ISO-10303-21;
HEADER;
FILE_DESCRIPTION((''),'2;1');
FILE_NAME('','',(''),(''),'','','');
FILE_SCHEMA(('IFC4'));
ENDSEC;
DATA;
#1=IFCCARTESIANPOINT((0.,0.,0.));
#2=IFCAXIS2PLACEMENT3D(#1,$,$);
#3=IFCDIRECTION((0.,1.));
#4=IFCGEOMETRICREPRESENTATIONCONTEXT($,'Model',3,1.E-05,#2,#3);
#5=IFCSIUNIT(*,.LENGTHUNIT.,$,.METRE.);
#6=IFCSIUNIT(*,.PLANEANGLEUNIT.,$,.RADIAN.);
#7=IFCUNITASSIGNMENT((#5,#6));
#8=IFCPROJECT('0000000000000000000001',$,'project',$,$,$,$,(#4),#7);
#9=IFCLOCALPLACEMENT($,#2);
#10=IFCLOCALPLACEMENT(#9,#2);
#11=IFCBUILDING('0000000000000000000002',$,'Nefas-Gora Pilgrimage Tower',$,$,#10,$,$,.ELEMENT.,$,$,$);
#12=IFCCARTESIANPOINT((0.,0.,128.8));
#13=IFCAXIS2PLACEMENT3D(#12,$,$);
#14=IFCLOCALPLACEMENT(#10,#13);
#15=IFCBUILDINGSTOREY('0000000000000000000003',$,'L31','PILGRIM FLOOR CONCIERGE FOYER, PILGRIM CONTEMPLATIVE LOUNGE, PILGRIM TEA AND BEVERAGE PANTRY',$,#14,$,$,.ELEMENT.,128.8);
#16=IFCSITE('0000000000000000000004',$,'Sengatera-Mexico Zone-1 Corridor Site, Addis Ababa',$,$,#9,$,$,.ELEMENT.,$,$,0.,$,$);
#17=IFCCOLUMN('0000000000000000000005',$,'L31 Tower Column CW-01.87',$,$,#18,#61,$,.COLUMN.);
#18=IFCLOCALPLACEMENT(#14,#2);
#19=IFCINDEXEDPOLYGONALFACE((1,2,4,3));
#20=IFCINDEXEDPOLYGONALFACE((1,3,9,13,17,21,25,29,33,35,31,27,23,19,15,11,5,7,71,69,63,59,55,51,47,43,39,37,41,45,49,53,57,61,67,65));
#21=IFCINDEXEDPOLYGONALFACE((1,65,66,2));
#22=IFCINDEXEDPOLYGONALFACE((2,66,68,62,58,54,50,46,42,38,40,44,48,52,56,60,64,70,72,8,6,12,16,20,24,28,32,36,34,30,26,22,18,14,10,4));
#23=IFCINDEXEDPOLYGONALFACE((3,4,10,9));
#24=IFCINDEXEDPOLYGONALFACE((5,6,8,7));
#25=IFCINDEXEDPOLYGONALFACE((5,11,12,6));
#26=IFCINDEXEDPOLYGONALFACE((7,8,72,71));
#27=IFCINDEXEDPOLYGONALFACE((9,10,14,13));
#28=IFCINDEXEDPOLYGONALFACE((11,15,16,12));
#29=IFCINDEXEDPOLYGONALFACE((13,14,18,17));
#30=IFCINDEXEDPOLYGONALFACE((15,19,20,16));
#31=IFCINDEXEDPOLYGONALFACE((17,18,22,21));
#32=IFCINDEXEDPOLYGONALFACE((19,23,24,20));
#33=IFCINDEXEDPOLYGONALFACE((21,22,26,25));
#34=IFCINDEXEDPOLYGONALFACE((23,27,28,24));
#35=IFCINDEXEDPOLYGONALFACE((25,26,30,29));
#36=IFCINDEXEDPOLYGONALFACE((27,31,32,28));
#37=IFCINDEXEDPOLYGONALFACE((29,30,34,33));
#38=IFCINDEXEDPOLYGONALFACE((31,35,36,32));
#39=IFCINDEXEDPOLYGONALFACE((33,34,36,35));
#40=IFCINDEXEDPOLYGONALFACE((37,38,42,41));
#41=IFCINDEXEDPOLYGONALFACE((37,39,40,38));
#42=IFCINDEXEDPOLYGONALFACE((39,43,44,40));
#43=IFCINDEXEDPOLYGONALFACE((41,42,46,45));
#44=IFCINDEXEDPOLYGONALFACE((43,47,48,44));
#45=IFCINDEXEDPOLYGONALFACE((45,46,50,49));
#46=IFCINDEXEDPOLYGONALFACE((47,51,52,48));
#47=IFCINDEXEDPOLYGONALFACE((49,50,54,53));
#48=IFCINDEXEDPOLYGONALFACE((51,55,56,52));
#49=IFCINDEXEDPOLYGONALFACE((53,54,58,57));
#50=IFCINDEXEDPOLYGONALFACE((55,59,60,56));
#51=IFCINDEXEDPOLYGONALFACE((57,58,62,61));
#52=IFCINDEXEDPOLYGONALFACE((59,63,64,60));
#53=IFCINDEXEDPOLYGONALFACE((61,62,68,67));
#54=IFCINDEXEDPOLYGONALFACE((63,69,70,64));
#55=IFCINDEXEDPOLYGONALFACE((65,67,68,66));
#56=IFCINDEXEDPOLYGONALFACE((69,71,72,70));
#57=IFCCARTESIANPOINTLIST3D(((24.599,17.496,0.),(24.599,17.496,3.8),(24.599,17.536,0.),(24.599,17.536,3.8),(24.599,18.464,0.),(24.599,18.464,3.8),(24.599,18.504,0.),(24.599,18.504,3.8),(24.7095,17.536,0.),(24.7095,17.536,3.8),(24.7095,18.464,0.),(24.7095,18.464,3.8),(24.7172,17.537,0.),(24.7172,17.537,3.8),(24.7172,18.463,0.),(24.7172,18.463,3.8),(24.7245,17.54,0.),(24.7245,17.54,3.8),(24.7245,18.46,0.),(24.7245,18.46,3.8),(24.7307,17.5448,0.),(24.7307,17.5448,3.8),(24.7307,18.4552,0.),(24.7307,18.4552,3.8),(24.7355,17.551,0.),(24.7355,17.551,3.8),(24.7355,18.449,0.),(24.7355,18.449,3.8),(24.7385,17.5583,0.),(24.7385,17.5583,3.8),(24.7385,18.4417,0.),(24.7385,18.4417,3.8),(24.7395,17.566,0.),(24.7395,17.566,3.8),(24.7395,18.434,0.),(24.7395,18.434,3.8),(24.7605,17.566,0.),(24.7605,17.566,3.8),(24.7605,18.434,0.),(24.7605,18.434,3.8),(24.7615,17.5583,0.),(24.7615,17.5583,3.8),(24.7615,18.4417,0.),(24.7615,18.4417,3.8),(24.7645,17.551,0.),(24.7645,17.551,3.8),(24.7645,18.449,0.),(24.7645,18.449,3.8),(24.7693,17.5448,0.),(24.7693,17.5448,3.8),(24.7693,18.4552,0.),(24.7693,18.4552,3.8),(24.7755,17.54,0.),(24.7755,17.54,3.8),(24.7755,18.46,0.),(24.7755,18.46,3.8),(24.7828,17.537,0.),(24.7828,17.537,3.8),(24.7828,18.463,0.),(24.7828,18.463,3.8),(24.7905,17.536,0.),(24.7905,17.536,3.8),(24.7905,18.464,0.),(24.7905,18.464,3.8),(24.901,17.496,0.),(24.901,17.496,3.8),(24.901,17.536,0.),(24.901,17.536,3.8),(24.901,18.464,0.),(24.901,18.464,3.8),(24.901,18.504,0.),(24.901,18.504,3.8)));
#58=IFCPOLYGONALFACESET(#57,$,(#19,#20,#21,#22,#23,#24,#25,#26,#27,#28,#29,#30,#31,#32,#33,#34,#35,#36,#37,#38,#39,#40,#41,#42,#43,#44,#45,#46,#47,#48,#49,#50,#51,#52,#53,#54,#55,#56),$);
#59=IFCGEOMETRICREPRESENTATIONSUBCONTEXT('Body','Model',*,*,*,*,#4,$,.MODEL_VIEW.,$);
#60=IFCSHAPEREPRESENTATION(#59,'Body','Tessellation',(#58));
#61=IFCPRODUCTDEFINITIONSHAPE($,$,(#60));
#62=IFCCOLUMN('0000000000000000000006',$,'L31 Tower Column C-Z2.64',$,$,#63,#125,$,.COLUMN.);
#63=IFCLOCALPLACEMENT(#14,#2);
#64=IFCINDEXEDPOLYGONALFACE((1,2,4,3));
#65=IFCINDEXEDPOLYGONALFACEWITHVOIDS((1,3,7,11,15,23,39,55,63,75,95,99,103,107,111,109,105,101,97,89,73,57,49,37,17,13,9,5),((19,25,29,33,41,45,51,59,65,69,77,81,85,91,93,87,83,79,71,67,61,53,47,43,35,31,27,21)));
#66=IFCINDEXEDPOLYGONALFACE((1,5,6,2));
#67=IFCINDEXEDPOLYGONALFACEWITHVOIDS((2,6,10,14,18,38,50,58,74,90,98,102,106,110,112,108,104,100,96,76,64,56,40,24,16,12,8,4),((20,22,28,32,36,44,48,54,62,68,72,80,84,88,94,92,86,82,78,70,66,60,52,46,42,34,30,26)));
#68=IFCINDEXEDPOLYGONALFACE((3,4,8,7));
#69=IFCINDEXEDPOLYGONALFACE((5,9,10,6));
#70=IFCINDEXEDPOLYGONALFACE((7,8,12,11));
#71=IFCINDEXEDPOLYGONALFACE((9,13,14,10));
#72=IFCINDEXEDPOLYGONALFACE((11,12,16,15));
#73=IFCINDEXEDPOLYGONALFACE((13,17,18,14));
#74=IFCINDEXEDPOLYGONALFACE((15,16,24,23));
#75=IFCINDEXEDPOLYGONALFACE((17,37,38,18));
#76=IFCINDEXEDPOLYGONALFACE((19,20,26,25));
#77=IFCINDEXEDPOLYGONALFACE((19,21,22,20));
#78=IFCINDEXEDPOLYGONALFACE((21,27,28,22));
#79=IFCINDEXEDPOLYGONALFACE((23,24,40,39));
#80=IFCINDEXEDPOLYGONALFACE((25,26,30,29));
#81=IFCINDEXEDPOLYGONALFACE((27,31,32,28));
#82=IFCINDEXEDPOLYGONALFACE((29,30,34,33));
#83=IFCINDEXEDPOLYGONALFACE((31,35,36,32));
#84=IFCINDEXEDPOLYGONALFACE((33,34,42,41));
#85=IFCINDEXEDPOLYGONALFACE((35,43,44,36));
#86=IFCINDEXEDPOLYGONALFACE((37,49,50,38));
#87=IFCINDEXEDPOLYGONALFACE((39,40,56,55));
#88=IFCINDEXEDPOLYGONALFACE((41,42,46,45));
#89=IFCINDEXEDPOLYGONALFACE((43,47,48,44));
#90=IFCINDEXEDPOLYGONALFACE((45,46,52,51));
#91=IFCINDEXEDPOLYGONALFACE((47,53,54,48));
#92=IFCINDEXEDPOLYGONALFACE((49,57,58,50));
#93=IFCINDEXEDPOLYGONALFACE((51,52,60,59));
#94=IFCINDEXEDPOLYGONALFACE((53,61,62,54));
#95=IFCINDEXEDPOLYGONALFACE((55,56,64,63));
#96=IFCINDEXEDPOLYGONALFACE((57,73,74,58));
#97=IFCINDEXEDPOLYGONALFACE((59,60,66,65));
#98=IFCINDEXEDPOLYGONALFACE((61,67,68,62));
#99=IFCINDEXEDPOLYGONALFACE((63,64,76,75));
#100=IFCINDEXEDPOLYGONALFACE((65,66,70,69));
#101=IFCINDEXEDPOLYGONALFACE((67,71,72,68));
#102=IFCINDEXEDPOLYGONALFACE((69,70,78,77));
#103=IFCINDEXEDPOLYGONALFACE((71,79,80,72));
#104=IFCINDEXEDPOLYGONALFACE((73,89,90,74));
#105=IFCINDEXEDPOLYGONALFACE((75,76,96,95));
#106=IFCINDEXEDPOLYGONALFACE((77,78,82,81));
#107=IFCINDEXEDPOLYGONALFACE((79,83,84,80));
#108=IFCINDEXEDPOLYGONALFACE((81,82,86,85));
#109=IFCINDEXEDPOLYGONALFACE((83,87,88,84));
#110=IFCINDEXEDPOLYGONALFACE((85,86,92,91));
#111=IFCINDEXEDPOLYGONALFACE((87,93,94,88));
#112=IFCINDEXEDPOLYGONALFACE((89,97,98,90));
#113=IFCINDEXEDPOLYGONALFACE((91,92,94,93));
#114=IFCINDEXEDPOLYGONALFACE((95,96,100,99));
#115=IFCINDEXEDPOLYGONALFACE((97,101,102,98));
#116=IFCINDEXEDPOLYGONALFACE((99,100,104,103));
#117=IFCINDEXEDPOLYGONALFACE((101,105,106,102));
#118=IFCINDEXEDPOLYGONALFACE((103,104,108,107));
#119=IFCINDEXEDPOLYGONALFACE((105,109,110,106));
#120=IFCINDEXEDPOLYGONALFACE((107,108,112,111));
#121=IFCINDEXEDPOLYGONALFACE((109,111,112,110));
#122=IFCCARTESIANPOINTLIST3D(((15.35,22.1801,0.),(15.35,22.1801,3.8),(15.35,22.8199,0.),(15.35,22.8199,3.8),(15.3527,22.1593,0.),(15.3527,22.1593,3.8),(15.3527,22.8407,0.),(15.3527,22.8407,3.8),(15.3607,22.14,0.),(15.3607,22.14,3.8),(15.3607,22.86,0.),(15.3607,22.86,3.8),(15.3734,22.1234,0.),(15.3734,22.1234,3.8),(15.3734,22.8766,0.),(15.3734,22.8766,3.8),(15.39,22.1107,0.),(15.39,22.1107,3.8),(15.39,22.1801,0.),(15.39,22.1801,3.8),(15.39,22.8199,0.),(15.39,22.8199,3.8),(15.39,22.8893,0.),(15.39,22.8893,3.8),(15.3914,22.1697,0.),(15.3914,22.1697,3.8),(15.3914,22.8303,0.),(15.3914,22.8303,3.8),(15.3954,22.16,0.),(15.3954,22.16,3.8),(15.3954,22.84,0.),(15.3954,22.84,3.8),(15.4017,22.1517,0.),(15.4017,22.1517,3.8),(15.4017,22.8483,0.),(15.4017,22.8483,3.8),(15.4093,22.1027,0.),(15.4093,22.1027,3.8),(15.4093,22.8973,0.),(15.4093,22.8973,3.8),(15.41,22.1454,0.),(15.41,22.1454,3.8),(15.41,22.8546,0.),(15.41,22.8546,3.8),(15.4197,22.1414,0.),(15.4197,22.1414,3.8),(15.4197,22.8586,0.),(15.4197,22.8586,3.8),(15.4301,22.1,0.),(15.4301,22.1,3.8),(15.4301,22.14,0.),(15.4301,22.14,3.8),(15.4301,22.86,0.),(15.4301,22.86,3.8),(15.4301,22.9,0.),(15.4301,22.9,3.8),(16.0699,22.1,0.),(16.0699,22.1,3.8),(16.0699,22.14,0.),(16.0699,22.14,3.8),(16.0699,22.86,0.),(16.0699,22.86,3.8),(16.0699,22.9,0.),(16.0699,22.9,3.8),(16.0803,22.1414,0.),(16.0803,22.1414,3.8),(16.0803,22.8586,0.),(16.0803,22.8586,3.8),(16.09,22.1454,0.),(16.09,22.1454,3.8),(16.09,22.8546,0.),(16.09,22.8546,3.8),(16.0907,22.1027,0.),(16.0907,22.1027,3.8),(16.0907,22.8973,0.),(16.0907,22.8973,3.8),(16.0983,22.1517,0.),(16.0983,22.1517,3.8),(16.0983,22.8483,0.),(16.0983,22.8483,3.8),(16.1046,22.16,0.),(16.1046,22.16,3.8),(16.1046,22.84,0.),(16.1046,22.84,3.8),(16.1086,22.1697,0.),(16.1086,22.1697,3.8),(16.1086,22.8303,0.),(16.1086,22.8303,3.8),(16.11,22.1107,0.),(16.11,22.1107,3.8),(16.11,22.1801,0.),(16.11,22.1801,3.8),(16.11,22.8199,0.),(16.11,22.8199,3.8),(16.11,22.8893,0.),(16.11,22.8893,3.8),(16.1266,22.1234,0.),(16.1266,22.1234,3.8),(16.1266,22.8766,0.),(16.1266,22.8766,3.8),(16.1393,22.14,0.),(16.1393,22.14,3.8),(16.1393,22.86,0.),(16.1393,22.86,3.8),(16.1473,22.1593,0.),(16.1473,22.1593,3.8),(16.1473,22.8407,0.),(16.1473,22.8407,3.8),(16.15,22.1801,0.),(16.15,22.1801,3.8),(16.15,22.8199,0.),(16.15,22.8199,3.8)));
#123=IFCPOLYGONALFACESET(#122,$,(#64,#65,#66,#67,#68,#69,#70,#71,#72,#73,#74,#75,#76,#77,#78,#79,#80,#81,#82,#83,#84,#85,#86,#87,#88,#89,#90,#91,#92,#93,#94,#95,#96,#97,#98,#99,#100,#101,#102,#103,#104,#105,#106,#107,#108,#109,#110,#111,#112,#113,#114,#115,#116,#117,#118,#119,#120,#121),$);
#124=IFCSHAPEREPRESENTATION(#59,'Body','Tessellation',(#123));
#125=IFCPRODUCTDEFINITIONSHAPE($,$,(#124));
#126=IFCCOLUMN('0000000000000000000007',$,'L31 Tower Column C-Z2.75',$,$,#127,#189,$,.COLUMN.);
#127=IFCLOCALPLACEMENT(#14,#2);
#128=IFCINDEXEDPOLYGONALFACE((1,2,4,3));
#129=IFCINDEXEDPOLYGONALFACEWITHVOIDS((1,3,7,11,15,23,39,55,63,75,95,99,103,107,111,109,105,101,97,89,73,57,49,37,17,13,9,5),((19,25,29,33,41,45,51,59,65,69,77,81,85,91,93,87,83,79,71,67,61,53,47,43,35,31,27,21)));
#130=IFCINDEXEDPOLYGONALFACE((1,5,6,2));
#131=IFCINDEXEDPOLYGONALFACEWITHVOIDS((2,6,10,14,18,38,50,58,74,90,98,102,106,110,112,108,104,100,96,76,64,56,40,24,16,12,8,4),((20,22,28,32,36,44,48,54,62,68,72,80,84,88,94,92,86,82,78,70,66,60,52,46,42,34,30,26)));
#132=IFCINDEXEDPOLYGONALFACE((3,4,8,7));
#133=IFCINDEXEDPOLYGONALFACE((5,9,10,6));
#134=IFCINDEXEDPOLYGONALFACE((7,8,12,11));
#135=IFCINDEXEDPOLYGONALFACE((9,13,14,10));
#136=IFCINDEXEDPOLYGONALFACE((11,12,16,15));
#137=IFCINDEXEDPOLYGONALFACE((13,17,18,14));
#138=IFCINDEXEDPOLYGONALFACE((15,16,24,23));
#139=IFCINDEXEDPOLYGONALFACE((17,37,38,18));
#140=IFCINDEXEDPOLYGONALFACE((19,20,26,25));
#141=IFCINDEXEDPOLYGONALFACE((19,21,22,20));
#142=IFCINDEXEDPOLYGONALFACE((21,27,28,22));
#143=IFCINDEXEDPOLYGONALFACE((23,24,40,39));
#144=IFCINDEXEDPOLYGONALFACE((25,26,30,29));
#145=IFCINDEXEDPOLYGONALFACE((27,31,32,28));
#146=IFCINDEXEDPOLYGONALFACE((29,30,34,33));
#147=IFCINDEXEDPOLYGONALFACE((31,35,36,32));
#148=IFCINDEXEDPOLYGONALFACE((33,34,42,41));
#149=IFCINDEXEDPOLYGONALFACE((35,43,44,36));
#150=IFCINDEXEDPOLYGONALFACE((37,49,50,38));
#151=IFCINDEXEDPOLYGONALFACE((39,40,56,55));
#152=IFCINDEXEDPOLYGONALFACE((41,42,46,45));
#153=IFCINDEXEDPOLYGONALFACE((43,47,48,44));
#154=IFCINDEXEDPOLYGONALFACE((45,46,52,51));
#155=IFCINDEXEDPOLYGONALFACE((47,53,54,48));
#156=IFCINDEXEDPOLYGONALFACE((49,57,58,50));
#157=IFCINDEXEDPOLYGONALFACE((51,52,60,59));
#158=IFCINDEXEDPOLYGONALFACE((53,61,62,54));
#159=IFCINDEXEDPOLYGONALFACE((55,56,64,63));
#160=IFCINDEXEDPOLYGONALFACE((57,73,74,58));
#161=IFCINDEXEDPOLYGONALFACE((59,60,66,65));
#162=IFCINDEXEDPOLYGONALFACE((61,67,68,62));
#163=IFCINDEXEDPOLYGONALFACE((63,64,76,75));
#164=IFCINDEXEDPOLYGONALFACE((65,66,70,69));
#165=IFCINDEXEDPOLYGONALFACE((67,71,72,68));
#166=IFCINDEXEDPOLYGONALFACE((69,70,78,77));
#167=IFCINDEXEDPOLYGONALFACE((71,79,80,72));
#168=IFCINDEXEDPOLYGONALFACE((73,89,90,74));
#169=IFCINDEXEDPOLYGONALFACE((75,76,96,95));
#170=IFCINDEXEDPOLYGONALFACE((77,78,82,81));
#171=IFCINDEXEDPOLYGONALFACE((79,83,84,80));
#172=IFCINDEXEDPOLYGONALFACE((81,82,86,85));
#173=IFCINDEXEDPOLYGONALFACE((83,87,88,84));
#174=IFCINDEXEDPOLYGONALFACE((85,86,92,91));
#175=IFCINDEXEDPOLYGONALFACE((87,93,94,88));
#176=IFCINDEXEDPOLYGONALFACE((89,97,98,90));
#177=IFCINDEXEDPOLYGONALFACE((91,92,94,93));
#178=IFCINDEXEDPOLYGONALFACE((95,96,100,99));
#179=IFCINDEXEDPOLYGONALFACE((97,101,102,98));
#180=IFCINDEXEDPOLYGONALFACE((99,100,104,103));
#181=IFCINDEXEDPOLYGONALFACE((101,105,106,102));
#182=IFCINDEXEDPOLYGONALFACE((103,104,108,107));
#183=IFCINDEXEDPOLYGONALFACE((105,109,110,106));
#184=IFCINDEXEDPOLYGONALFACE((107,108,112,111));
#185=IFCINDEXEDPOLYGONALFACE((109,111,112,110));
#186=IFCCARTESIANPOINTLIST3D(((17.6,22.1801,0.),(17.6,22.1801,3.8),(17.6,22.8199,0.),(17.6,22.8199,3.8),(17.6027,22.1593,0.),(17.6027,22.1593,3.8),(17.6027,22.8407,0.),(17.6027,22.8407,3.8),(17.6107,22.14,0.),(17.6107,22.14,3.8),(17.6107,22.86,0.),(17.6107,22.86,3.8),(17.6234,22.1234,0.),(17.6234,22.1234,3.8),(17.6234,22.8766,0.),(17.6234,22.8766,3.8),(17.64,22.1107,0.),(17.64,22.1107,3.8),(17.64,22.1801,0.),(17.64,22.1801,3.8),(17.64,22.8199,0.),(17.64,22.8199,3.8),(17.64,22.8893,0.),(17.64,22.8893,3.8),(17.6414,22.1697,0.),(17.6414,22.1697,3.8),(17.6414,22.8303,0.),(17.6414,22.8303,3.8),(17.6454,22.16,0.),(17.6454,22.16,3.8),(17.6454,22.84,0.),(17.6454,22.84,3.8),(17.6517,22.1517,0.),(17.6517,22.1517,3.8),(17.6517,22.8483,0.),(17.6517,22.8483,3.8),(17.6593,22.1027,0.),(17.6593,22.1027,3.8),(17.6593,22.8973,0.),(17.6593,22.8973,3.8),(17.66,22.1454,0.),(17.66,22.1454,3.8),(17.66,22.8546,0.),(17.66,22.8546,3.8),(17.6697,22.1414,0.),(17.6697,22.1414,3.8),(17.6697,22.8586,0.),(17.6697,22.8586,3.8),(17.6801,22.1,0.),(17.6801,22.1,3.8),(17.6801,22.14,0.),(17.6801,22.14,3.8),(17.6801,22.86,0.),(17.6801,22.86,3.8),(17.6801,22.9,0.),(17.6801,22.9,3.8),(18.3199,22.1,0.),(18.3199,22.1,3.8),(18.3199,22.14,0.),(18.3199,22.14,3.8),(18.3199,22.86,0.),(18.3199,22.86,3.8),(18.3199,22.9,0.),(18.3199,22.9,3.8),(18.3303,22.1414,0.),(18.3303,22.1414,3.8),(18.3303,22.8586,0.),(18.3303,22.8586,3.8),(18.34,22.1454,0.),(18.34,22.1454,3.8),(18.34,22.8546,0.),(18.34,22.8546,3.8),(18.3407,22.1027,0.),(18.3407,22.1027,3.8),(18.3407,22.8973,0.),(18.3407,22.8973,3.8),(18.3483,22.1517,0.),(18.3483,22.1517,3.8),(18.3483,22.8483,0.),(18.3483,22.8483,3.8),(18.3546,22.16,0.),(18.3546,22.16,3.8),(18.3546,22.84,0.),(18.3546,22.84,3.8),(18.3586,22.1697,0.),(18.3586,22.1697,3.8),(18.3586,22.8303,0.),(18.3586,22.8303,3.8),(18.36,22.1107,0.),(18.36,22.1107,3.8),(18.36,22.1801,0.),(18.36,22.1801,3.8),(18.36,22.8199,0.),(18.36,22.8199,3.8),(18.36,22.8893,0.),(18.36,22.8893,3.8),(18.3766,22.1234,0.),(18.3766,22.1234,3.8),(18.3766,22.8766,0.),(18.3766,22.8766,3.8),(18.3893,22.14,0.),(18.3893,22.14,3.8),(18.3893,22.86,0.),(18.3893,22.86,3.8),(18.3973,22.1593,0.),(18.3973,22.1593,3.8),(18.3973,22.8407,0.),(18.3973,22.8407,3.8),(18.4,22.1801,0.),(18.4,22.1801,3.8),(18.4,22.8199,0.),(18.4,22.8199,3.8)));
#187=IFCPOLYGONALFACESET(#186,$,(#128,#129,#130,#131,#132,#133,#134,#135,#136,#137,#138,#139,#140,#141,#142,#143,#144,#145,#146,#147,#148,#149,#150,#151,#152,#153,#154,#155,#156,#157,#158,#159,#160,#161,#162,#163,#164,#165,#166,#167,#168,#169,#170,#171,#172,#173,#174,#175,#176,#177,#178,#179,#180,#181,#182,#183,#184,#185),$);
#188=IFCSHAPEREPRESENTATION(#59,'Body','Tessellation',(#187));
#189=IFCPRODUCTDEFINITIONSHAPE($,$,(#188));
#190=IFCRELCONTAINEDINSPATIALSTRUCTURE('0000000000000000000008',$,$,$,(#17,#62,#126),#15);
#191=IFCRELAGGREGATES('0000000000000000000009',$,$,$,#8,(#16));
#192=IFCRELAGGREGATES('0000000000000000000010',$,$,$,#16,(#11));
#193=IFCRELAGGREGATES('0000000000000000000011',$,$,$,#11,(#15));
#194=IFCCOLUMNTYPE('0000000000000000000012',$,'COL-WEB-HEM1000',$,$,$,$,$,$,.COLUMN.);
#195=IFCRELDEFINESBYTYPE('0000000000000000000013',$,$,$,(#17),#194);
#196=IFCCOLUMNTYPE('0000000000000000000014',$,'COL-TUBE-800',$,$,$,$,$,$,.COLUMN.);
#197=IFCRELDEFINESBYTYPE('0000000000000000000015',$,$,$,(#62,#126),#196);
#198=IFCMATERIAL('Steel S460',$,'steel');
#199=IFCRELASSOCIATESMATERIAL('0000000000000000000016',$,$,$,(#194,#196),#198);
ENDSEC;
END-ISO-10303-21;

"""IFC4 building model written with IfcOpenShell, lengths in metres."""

from ifc_helpers import new_model, si_unit, direction, frame, origin, origin_2d, place, context, subcontext, project, spatial, hollow_rectangle, i_section, extrude, source, transform, mapped, material, material_profile, profile_set, type_object, element, save


model = new_model("IFC4")

# Units and contexts
model_context = context("Model", 3, precision=1e-05, world=origin(), true_north=direction((0.0, 1.0)))
body_context = subcontext(model_context, "Body", "Model", "MODEL_VIEW")
ifc_project = project(units=[si_unit("LENGTHUNIT", "METRE"), si_unit("PLANEANGLEUNIT", "RADIAN")], contexts=[model_context])

# Site, building, storey
site_placement = place(None, origin())
site = spatial("IfcSite", under=ifc_project, at=site_placement, Name="Sengatera-Mexico Zone-1 Corridor Site, Addis Ababa", CompositionType="ELEMENT", RefElevation=0.0)
building_placement = place(site_placement, origin())
building = spatial("IfcBuilding", under=site, at=building_placement, Name="Nefas-Gora Pilgrimage Tower", CompositionType="ELEMENT")
storey_placement = place(building_placement, frame((0.0, 0.0, 128.8)))
storey = spatial("IfcBuildingStorey", under=building, at=storey_placement, Name="L31", Description="PILGRIM FLOOR CONCIERGE FOYER, PILGRIM CONTEMPLATIVE LOUNGE, PILGRIM TEA AND BEVERAGE PANTRY", CompositionType="ELEMENT", Elevation=128.8)

# Columns
ifc_material_1 = material(Name="Steel S460", Category="steel")
ifc_material_profile_1 = material_profile(ifc_material_1, i_section(OverallWidth=0.302, OverallDepth=1.0081, WebThickness=0.021, FlangeThickness=0.04, FilletRadius=0.03, at=origin_2d()), Name="HEM 1000")
ifc_profile_set_1 = profile_set([ifc_material_profile_1], Name="Steel S460")
column_type_1 = type_object("IfcColumnType", Name="COL-WEB-HEM1000", PredefinedType="COLUMN", material=ifc_profile_set_1)
shared_shape_1 = source(origin(), body_context, "Body", "SweptSolid", [
    extrude(i_section(OverallWidth=0.302, OverallDepth=1.0081, WebThickness=0.021, FlangeThickness=0.04, FilletRadius=0.03, at=origin_2d()), origin(), (0.0, 0.0, 1.0), 3.8),
])
for number, where, z_axis, x_axis, name in (
    (1, (24.75, 18.0, 0.0), (0.0, 0.0, 1.0), (1.0, 0.0, 0.0), "L31 Tower Column CW-01.87"),
):
    element("IfcColumn", number, at=place(storey_placement, frame(where, z_axis=z_axis, x_axis=x_axis)), inside=storey, type_object=column_type_1, Name=name, PredefinedType="COLUMN", context=body_context, shape_type="MappedRepresentation", body=[
        mapped(shared_shape_1, transform((0.0, 0.0, 0.0), x_axis=(1.0, 0.0, 0.0), y_axis=(0.0, 1.0, 0.0), z_axis=(0.0, 0.0, 1.0), scale=1.0)),
    ])
ifc_material_profile_2 = material_profile(ifc_material_1, hollow_rectangle(XDim=0.8, YDim=0.8, WallThickness=0.04, InnerFilletRadius=0.04, OuterFilletRadius=0.0801, at=origin_2d()), Name="BOX 800x800x40")
ifc_profile_set_2 = profile_set([ifc_material_profile_2], Name="Steel S460")
column_type_2 = type_object("IfcColumnType", Name="COL-TUBE-800", PredefinedType="COLUMN", material=ifc_profile_set_2)
shared_shape_2 = source(origin(), body_context, "Body", "SweptSolid", [
    extrude(hollow_rectangle(XDim=0.8, YDim=0.8, WallThickness=0.04, InnerFilletRadius=0.04, OuterFilletRadius=0.0801, at=origin_2d()), origin(), (0.0, 0.0, 1.0), 3.8),
])
for number, where, z_axis, x_axis, name in (
    (2, (15.75, 22.5, 0.0), (0.0, 0.0, 1.0), (1.0, 0.0, 0.0), "L31 Tower Column C-Z2.64"),
    (3, (18.0, 22.5, 0.0), (0.0, 0.0, 1.0), (1.0, 0.0, 0.0), "L31 Tower Column C-Z2.75"),
):
    element("IfcColumn", number, at=place(storey_placement, frame(where, z_axis=z_axis, x_axis=x_axis)), inside=storey, type_object=column_type_2, Name=name, PredefinedType="COLUMN", context=body_context, shape_type="MappedRepresentation", body=[
        mapped(shared_shape_2, transform((0.0, 0.0, 0.0), x_axis=(1.0, 0.0, 0.0), y_axis=(0.0, 1.0, 0.0), z_axis=(0.0, 0.0, 1.0), scale=1.0)),
    ])

save(model, "model.ifc")
